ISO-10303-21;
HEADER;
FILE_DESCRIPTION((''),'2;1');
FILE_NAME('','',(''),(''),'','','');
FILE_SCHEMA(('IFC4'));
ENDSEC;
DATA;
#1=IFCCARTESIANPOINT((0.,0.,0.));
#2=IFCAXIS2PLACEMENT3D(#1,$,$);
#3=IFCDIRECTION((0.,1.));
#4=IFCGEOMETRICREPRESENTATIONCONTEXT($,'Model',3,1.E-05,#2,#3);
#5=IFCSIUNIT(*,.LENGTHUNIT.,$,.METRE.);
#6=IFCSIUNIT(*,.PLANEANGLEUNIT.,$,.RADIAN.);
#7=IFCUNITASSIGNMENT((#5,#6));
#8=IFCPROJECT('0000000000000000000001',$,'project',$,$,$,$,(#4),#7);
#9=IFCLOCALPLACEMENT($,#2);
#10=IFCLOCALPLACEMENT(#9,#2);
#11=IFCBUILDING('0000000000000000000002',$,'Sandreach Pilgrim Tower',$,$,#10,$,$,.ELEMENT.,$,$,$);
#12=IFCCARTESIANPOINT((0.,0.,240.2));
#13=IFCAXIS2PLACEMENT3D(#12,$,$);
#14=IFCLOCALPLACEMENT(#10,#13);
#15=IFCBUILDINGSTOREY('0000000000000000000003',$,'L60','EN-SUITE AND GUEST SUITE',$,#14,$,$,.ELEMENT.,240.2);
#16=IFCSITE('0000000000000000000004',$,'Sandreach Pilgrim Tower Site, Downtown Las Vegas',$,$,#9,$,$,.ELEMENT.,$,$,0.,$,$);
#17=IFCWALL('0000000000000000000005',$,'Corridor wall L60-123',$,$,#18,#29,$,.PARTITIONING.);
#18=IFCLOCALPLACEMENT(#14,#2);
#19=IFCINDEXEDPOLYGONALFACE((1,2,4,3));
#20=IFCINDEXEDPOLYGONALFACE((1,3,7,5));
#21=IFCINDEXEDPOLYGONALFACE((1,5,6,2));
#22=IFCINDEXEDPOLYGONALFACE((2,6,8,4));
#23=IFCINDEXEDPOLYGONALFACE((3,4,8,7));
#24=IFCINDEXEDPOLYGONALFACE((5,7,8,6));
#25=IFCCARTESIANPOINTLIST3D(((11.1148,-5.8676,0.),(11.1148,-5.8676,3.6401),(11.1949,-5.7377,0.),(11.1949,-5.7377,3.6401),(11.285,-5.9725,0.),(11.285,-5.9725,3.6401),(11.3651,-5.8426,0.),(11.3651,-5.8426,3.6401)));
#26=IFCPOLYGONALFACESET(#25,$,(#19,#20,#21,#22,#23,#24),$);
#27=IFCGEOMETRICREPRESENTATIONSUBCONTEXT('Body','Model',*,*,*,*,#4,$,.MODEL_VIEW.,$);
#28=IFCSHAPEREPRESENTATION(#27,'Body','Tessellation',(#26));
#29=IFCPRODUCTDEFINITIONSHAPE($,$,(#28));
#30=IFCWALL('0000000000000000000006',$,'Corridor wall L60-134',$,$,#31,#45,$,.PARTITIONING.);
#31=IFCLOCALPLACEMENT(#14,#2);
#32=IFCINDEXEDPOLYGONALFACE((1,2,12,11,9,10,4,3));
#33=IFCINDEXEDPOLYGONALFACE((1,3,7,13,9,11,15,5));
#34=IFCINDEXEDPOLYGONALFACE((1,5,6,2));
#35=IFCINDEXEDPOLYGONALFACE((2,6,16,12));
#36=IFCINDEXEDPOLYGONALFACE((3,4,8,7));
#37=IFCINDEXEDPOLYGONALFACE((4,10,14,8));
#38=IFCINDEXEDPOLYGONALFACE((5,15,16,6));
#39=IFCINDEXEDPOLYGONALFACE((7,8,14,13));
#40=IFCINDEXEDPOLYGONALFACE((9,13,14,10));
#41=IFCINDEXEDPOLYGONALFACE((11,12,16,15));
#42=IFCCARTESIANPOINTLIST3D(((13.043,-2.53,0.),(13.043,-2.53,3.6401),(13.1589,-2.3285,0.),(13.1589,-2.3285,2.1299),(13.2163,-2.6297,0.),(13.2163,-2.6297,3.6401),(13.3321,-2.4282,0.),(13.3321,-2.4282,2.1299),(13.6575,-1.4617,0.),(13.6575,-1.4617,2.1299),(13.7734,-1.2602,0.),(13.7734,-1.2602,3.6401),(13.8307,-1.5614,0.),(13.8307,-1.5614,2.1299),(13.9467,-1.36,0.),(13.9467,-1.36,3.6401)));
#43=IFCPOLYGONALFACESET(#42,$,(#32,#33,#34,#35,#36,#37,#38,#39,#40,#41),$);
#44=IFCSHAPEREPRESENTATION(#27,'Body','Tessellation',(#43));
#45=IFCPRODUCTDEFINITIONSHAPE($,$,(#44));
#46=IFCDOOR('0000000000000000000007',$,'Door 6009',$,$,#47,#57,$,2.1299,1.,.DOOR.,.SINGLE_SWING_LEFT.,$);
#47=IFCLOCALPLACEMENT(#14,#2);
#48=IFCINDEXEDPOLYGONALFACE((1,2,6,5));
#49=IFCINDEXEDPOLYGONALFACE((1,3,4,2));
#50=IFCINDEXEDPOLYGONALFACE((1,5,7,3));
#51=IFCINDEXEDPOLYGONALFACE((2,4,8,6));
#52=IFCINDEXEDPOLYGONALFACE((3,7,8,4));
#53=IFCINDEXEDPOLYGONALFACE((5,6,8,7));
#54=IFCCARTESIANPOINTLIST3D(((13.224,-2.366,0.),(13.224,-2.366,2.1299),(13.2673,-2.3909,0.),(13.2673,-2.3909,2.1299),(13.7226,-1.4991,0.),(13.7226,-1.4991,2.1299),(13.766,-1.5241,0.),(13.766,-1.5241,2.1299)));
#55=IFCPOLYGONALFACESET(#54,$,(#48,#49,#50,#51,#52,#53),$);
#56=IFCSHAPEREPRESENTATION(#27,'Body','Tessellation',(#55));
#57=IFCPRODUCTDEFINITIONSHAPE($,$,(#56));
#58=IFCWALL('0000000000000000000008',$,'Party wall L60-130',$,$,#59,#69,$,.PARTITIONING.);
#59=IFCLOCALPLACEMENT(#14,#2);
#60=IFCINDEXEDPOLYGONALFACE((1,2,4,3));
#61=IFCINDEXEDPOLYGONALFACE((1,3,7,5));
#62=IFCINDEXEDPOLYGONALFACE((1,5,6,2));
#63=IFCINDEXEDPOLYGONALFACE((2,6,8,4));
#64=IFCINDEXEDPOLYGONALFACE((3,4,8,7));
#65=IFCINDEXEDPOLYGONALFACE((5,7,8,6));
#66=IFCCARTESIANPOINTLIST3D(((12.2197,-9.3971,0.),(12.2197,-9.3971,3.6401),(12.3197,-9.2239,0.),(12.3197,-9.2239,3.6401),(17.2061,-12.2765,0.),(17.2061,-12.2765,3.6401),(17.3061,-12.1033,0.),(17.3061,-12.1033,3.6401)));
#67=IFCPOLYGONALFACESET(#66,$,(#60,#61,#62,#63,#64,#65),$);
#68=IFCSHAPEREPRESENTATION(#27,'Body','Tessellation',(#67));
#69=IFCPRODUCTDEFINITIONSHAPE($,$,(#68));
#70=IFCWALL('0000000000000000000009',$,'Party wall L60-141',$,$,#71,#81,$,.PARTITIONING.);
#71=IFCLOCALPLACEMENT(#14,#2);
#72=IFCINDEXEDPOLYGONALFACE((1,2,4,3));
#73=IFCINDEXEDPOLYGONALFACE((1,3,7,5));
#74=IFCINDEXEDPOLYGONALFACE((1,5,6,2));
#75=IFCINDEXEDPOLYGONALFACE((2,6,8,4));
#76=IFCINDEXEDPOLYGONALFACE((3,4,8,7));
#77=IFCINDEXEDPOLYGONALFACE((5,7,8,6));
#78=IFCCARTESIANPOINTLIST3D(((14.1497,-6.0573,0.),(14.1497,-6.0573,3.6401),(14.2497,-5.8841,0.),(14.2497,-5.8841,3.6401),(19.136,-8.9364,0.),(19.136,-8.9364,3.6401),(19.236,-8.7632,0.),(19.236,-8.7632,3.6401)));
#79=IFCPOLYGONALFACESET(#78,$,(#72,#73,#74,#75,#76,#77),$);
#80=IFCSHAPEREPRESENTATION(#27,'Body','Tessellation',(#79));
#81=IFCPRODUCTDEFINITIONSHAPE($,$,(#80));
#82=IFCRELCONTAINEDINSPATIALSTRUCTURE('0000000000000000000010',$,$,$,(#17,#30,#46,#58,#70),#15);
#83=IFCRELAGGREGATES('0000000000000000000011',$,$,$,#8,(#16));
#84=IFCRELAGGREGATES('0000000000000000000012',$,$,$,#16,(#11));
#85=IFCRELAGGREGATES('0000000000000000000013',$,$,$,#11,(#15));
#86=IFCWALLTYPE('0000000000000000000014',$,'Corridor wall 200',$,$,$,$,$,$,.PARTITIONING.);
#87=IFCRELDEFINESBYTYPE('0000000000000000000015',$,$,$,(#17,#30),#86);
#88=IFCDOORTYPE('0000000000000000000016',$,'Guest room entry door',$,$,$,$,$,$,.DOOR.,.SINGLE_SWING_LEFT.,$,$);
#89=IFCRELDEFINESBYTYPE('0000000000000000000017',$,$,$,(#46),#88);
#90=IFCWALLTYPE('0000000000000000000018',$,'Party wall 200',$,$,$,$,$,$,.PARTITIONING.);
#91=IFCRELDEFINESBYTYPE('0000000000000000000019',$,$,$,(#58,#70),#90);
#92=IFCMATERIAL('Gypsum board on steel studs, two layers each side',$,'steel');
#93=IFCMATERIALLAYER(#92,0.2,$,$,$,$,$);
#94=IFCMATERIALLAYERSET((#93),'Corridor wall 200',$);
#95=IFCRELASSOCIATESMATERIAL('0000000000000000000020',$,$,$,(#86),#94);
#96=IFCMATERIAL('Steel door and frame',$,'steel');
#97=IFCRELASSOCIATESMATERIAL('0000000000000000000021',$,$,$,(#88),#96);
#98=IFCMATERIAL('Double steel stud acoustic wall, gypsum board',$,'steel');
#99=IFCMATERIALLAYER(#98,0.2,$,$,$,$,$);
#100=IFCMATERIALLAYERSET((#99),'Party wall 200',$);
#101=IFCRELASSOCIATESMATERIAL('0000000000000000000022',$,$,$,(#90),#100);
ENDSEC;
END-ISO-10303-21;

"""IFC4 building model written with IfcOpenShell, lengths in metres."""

from ifc_helpers import new_model, si_unit, direction, frame, frame_2d, origin, place, context, subcontext, project, spatial, rectangle, extrude, material, layer, layer_set, type_object, element, fill, save


model = new_model("IFC4")

# Units and contexts
model_context = context("Model", 3, precision=1e-05, world=origin(), true_north=direction((0.0, 1.0)))
body_context = subcontext(model_context, "Body", "Model", "MODEL_VIEW")
ifc_project = project(units=[si_unit("LENGTHUNIT", "METRE"), si_unit("PLANEANGLEUNIT", "RADIAN")], contexts=[model_context])

# Site, building, storey
site_placement = place(None, origin())
site = spatial("IfcSite", under=ifc_project, at=site_placement, Name="Sandreach Pilgrim Tower Site, Downtown Las Vegas", CompositionType="ELEMENT", RefElevation=0.0)
building_placement = place(site_placement, origin())
building = spatial("IfcBuilding", under=site, at=building_placement, Name="Sandreach Pilgrim Tower", CompositionType="ELEMENT")
storey_placement = place(building_placement, frame((0.0, 0.0, 240.2)))
storey = spatial("IfcBuildingStorey", under=building, at=storey_placement, Name="L60", Description="EN-SUITE AND GUEST SUITE", CompositionType="ELEMENT", Elevation=240.2)

# Shared definitions
ifc_material_1 = material(Name="Gypsum board on steel studs, two layers each side", Category="steel")
ifc_layer_1 = layer(ifc_material_1, 0.2)
ifc_layer_set_1 = layer_set([ifc_layer_1], Name="Corridor wall 200")
wall_type_1 = type_object("IfcWallType", Name="Corridor wall 200", PredefinedType="PARTITIONING", material=ifc_layer_set_1)
ifc_material_2 = material(Name="Steel door and frame", Category="steel")
door_type_1 = type_object("IfcDoorType", Name="Guest room entry door", OperationType="SINGLE_SWING_LEFT", PredefinedType="DOOR", material=ifc_material_2)

# Wall
wall_1_placement = place(storey_placement, frame((11.2, -5.9199, 0.0), z_axis=(0.0, 0.0, 1.0), x_axis=(0.524811, 0.851219, 0.0)))
element("IfcWall", 1, at=wall_1_placement, inside=storey, type_object=wall_type_1, Name="Corridor wall L60-123", PredefinedType="PARTITIONING", context=body_context, shape_type="SweptSolid", body=[
    extrude(rectangle(XDim=0.1526, YDim=0.2, at=frame_2d((0.0762, 0.0))), origin(), (0.0, 0.0, 1.0), 3.6401),
])

# Wall, opening, door
wall_2_placement = place(storey_placement, frame((13.1296, -2.5798, 0.0), z_axis=(0.0, 0.0, 1.0), x_axis=(0.49865, 0.866804, 0.0)))
wall_2 = element("IfcWall", 2, at=wall_2_placement, inside=storey, type_object=wall_type_1, Name="Corridor wall L60-134", PredefinedType="PARTITIONING", context=body_context, shape_type="SweptSolid", body=[
    extrude(rectangle(XDim=1.4648, YDim=0.2, at=frame_2d((0.7324, 0.0))), origin(), (0.0, 0.0, 1.0), 3.6401),
])
opening_1_placement = place(wall_2_placement, frame((0.2324, 0.0, 0.0)))
opening_1 = element("IfcOpeningElement", 3, at=opening_1_placement, cuts=wall_2, PredefinedType="OPENING", context=body_context, shape_type="SweptSolid", body=[
    extrude(rectangle(XDim=1.0, YDim=2.1299, at=frame_2d((0.5, 1.0649))), frame((0.0, 0.1001, 0.0), z_axis=(0.0, -1.0, 0.0), x_axis=(1.0, 0.0, 0.0)), (0.0, 0.0, 1.0), 0.2),
])
door_1_placement = place(opening_1_placement, origin())
door_1 = element("IfcDoor", 4, at=door_1_placement, inside=storey, type_object=door_type_1, Name="Door 6009", OperationType="SINGLE_SWING_LEFT", OverallHeight=2.1299, OverallWidth=1.0, PredefinedType="DOOR", context=body_context, shape_type="SweptSolid", body=[
    extrude(rectangle(XDim=1.0, YDim=2.1299, at=frame_2d((0.5, 1.0649))), frame((0.0, 0.0249, 0.0), z_axis=(0.0, -1.0, 0.0), x_axis=(1.0, 0.0, 0.0)), (0.0, 0.0, 1.0), 0.05),
])
fill(opening_1, door_1)

# Walls
ifc_material_3 = material(Name="Double steel stud acoustic wall, gypsum board", Category="steel")
ifc_layer_2 = layer(ifc_material_3, 0.2)
ifc_layer_set_2 = layer_set([ifc_layer_2], Name="Party wall 200")
wall_type_2 = type_object("IfcWallType", Name="Party wall 200", PredefinedType="PARTITIONING", material=ifc_layer_set_2)
wall_3_placement = place(storey_placement, frame((12.2698, -9.3105, 0.0), z_axis=(0.0, 0.0, 1.0), x_axis=(0.865985, -0.50007, 0.0)))
element("IfcWall", 5, at=wall_3_placement, inside=storey, type_object=wall_type_2, Name="Party wall L60-130", PredefinedType="PARTITIONING", context=body_context, shape_type="SweptSolid", body=[
    extrude(rectangle(XDim=5.7581, YDim=0.2, at=frame_2d((2.8789, 0.0))), origin(), (0.0, 0.0, 1.0), 3.6401),
])
wall_4_placement = place(storey_placement, frame((14.1997, -5.9707, 0.0), z_axis=(0.0, 0.0, 1.0), x_axis=(0.866003, -0.500038, 0.0)))
element("IfcWall", 6, at=wall_4_placement, inside=storey, type_object=wall_type_2, Name="Party wall L60-141", PredefinedType="PARTITIONING", context=body_context, shape_type="SweptSolid", body=[
    extrude(rectangle(XDim=5.7578, YDim=0.2, at=frame_2d((2.8789, 0.0))), origin(), (0.0, 0.0, 1.0), 3.6401),
])

save(model, "model.ifc")
